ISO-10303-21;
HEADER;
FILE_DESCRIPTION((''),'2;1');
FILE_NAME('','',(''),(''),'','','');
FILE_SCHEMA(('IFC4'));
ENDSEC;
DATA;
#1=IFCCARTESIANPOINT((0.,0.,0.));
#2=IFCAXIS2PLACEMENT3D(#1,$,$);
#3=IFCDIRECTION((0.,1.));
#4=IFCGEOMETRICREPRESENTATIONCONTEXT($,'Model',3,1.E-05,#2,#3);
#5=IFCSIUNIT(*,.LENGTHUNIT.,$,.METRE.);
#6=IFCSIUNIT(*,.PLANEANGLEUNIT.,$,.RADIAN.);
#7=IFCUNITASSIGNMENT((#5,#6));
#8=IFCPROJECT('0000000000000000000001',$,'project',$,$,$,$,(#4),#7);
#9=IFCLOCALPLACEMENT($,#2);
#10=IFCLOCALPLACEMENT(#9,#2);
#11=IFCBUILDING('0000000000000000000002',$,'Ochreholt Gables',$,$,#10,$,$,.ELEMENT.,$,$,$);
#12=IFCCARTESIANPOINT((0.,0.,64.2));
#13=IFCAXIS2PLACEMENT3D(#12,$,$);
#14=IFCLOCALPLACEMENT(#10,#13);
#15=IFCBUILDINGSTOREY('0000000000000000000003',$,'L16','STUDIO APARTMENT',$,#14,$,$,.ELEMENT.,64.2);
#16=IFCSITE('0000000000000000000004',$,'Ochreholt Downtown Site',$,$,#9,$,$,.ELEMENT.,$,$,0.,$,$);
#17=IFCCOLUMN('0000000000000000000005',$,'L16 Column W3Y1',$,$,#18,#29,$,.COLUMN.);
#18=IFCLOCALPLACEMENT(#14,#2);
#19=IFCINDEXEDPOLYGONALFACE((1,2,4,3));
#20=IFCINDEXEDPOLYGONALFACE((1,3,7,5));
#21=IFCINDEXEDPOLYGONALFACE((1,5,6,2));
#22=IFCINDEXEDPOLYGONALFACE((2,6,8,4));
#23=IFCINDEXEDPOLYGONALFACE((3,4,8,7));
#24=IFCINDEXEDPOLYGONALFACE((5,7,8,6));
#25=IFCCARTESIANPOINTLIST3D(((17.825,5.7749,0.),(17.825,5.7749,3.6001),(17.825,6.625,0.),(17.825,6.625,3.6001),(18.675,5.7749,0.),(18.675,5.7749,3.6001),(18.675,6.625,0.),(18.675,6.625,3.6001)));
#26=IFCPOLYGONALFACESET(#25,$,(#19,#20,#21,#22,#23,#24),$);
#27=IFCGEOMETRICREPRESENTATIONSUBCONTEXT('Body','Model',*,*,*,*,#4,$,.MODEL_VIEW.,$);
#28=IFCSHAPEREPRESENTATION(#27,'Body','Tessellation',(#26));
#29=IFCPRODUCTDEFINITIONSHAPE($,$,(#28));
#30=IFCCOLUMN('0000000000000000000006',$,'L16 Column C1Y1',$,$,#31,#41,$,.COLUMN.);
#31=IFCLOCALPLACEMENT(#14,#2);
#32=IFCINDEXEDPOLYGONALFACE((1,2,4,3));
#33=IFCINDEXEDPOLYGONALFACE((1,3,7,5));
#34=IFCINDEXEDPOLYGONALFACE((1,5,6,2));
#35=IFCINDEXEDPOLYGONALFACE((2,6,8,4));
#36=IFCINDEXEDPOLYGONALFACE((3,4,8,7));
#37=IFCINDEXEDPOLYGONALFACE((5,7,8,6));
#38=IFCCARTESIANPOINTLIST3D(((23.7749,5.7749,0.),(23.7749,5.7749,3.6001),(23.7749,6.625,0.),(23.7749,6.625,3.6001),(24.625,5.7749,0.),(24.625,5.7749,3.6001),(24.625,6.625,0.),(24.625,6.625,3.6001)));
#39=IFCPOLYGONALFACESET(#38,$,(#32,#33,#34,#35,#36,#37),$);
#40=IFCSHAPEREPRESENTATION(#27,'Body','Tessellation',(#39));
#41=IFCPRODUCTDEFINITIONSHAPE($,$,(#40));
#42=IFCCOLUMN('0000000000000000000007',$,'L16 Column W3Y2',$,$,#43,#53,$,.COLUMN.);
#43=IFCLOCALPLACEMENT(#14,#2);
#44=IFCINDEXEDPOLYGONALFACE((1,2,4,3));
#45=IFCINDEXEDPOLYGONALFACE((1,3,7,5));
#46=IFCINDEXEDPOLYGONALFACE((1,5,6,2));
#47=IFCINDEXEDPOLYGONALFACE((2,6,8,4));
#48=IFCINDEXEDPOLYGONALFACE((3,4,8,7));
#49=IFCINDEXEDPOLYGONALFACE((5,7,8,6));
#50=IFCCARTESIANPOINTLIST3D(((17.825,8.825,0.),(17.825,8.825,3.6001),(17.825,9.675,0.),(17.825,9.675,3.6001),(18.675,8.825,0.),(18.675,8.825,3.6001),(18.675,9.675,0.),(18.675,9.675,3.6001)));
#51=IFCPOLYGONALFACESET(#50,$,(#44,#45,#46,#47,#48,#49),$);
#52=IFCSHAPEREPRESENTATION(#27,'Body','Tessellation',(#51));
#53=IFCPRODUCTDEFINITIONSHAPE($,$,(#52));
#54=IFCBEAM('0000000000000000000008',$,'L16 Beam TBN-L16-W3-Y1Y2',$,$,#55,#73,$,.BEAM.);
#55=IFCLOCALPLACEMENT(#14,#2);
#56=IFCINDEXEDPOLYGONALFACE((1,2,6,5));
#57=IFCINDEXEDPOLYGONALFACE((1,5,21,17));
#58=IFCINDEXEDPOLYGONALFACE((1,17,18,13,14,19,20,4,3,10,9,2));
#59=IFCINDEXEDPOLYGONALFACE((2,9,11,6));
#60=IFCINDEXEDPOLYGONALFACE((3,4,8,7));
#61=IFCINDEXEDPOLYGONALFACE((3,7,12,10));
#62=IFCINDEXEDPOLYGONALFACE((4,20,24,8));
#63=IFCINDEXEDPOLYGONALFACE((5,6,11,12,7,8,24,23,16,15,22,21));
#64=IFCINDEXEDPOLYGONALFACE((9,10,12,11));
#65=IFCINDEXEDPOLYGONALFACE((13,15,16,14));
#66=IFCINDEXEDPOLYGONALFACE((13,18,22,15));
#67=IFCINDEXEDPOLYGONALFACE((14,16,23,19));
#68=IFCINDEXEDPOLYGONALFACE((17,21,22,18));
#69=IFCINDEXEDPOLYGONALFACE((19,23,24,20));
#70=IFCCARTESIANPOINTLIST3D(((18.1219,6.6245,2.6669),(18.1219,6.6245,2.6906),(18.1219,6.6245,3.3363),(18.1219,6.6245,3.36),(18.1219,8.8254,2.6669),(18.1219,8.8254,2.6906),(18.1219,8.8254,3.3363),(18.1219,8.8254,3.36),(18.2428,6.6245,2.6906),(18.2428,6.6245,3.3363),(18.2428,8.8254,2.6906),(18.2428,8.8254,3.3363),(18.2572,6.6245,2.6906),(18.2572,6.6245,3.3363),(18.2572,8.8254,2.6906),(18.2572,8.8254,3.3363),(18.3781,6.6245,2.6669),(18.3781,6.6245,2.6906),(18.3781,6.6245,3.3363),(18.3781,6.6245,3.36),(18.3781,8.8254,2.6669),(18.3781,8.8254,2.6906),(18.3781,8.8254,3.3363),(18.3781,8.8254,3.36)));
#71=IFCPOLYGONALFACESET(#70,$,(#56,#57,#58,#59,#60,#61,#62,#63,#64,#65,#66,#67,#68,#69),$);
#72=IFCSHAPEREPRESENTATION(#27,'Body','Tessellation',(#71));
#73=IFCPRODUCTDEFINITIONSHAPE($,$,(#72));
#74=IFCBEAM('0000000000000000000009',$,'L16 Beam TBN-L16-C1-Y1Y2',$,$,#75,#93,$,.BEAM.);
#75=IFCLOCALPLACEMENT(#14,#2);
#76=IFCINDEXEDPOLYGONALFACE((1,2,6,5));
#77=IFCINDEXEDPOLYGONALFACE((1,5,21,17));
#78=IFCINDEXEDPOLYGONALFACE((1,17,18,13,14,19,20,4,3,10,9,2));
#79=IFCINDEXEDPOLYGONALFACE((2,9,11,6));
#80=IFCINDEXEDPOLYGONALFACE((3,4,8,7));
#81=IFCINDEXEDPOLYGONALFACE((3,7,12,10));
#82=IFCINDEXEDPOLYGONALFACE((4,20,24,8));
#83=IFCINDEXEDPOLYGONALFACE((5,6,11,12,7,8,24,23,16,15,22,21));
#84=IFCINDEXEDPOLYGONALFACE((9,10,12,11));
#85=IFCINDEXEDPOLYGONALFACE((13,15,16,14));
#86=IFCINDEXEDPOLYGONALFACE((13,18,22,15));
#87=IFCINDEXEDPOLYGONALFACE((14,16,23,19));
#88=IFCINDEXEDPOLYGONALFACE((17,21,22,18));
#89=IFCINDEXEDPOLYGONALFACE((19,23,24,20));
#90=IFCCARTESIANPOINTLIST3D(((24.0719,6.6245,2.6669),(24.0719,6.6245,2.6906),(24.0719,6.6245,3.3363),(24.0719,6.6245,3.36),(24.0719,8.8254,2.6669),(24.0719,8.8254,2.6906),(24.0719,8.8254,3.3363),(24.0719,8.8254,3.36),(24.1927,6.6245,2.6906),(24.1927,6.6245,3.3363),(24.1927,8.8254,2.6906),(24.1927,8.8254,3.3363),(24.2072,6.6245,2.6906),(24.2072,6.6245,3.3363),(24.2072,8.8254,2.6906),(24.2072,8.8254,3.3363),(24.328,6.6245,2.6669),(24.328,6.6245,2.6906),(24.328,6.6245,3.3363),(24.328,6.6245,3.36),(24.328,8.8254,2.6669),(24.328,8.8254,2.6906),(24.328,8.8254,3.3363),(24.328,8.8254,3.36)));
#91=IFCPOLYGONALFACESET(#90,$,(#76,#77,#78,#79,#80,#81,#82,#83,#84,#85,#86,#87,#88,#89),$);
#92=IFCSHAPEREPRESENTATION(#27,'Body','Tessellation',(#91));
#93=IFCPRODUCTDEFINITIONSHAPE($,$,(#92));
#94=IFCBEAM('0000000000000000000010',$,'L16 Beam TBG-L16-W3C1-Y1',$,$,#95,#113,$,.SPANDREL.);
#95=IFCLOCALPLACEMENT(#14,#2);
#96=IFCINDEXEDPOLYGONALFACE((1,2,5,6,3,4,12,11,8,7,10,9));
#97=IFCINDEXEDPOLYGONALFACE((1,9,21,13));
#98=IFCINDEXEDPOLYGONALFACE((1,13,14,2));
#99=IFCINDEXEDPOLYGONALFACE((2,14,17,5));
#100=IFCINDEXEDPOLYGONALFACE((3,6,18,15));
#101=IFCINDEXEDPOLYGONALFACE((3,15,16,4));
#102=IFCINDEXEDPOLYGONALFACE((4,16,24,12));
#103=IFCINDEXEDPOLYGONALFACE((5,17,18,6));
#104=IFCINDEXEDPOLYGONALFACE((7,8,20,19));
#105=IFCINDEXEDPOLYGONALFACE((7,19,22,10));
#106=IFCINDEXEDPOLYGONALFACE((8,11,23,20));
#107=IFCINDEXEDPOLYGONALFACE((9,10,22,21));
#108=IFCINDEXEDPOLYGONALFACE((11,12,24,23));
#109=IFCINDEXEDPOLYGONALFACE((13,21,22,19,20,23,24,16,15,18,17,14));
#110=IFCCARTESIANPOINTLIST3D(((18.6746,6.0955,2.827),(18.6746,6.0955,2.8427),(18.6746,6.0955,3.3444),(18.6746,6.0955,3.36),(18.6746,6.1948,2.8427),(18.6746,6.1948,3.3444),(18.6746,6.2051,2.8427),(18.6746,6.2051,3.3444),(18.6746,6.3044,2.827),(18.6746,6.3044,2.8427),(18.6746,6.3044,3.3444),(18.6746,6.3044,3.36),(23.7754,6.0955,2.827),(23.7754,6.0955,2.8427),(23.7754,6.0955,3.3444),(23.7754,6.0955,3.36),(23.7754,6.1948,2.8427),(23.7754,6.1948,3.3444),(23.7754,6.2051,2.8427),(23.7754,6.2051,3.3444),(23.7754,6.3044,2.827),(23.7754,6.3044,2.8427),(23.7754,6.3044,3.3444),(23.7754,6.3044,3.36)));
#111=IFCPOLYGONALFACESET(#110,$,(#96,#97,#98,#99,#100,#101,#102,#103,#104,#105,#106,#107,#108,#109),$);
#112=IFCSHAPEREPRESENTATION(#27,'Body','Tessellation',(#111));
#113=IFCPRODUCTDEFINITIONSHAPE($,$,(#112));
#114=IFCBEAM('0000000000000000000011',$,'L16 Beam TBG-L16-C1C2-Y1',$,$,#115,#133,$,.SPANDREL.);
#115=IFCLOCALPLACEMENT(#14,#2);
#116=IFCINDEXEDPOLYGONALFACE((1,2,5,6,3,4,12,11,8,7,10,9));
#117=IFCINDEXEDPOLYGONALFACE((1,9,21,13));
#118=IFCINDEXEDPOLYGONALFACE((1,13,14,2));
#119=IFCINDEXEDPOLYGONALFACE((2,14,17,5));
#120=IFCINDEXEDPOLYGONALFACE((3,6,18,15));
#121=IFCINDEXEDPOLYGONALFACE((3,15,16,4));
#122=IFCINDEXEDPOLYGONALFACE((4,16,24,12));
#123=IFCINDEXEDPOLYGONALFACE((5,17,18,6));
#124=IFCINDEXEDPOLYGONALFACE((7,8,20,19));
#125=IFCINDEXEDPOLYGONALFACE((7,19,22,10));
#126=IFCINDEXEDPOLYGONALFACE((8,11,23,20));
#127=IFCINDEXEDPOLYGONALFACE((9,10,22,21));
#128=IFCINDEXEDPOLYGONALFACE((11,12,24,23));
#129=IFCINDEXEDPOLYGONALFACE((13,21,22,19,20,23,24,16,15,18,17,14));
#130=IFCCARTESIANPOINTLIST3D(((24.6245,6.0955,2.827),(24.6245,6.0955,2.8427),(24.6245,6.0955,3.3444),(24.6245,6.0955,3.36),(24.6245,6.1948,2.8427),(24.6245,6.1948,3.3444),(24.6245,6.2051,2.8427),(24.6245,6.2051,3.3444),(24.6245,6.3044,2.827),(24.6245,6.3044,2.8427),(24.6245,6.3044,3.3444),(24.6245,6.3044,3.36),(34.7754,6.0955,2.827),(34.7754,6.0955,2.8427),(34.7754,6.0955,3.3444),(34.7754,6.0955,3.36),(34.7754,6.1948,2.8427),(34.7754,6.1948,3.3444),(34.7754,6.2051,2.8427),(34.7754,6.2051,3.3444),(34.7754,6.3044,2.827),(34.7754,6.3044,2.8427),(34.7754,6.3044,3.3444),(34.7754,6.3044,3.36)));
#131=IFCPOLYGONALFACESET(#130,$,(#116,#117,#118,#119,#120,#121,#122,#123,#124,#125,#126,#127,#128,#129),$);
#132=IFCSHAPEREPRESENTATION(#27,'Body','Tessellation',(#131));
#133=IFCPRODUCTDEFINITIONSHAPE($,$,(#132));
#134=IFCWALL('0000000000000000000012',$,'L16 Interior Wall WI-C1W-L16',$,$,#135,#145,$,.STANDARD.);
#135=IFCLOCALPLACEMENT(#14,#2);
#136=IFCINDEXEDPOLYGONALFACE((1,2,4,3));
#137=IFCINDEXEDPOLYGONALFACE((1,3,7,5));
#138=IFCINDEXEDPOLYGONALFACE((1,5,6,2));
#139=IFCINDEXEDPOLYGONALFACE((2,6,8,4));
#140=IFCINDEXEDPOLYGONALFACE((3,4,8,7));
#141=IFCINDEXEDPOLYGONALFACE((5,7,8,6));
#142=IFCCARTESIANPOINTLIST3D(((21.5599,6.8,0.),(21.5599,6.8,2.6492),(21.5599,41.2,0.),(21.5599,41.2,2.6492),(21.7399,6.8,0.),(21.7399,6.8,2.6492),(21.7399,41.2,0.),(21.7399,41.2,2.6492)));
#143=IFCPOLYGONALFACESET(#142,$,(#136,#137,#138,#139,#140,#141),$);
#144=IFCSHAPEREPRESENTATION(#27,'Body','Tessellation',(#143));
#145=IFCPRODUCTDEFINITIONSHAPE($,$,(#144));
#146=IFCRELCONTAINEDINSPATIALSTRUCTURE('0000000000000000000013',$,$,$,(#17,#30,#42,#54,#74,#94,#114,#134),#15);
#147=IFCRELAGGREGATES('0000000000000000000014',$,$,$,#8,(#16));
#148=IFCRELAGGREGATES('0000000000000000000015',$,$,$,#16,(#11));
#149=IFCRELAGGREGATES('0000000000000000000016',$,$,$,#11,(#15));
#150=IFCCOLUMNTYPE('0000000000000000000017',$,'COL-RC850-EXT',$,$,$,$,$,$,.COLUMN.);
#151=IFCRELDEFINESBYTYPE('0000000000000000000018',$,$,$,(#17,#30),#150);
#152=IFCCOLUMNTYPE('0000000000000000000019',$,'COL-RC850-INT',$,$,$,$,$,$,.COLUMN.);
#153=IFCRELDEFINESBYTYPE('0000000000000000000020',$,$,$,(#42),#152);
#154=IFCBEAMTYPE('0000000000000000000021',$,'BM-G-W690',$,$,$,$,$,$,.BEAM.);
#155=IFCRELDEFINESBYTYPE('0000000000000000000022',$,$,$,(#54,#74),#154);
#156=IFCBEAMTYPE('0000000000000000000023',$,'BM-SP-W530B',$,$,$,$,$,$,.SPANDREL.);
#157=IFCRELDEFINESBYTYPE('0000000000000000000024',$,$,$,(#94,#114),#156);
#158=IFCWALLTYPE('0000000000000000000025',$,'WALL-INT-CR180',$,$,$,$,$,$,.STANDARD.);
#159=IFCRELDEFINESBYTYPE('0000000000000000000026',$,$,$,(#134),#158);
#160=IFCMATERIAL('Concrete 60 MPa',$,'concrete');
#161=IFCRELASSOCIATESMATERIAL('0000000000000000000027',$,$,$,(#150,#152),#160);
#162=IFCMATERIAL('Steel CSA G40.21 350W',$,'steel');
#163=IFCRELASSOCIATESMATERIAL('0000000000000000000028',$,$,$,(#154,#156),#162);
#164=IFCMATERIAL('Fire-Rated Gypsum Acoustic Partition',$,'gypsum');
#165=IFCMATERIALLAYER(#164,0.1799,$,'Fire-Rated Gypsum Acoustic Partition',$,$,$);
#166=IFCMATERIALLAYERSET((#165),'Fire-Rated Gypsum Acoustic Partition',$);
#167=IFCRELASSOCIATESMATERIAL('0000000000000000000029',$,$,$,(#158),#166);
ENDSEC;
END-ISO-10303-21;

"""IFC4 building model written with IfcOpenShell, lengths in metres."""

from ifc_helpers import new_model, si_unit, direction, frame, frame_2d, origin, origin_2d, place, context, subcontext, project, spatial, rectangle, i_section, extrude, material, layer, layer_set, material_profile, profile_set, type_object, element, save


model = new_model("IFC4")

# Units and contexts
model_context = context("Model", 3, precision=1e-05, world=origin(), true_north=direction((0.0, 1.0)))
body_context = subcontext(model_context, "Body", "Model", "MODEL_VIEW")
ifc_project = project(units=[si_unit("LENGTHUNIT", "METRE"), si_unit("PLANEANGLEUNIT", "RADIAN")], contexts=[model_context])

# Site, building, storey
site_placement = place(None, origin())
site = spatial("IfcSite", under=ifc_project, at=site_placement, Name="Ochreholt Downtown Site", CompositionType="ELEMENT", RefElevation=0.0)
building_placement = place(site_placement, origin())
building = spatial("IfcBuilding", under=site, at=building_placement, Name="Ochreholt Gables", CompositionType="ELEMENT")
storey_placement = place(building_placement, frame((0.0, 0.0, 64.2)))
storey = spatial("IfcBuildingStorey", under=building, at=storey_placement, Name="L16", Description="STUDIO APARTMENT", CompositionType="ELEMENT", Elevation=64.2)

# Columns
ifc_material_1 = material(Name="Concrete 60 MPa", Category="concrete")
ifc_material_profile_1 = material_profile(ifc_material_1, rectangle(XDim=0.8501, YDim=0.8501, at=origin_2d()), Name="RC850X850")
ifc_profile_set_1 = profile_set([ifc_material_profile_1], Name="Concrete 60 MPa")
column_type_1 = type_object("IfcColumnType", Name="COL-RC850-EXT", PredefinedType="COLUMN", material=ifc_profile_set_1)
for number, where, z_axis, x_axis, name in (
    (1, (18.25, 6.2, 0.0), (0.0, 0.0, 1.0), (1.0, 0.0, 0.0), "L16 Column W3Y1"),
    (2, (24.2, 6.2, 0.0), (0.0, 0.0, 1.0), (1.0, 0.0, 0.0), "L16 Column C1Y1"),
):
    element("IfcColumn", number, at=place(storey_placement, frame(where, z_axis=z_axis, x_axis=x_axis)), inside=storey, type_object=column_type_1, Name=name, PredefinedType="COLUMN", context=body_context, shape_type="SweptSolid", body=[
        extrude(rectangle(XDim=0.8501, YDim=0.8501, at=origin_2d()), origin(), (0.0, 0.0, 1.0), 3.6001),
    ])
ifc_material_profile_2 = material_profile(ifc_material_1, rectangle(XDim=0.8501, YDim=0.8501, at=origin_2d()), Name="RC850X850")
ifc_profile_set_2 = profile_set([ifc_material_profile_2], Name="Concrete 60 MPa")
column_type_2 = type_object("IfcColumnType", Name="COL-RC850-INT", PredefinedType="COLUMN", material=ifc_profile_set_2)
column_placement = place(storey_placement, frame((18.25, 9.25, 0.0), z_axis=(0.0, 0.0, 1.0), x_axis=(1.0, 0.0, 0.0)))
element("IfcColumn", 3, at=column_placement, inside=storey, type_object=column_type_2, Name="L16 Column W3Y2", PredefinedType="COLUMN", context=body_context, shape_type="SweptSolid", body=[
    extrude(rectangle(XDim=0.8501, YDim=0.8501, at=origin_2d()), origin(), (0.0, 0.0, 1.0), 3.6001),
])

# Beams
ifc_material_2 = material(Name="Steel CSA G40.21 350W", Category="steel")
ifc_material_profile_3 = material_profile(ifc_material_2, i_section(OverallWidth=0.2561, OverallDepth=0.6931, WebThickness=0.0144, FlangeThickness=0.0237, at=origin_2d()), Name="W690X170")
ifc_profile_set_3 = profile_set([ifc_material_profile_3], Name="Steel CSA G40.21 350W")
beam_type_1 = type_object("IfcBeamType", Name="BM-G-W690", PredefinedType="BEAM", material=ifc_profile_set_3)
for number, where, z_axis, x_axis, name in (
    (4, (18.25, 6.6245, 3.0134), (0.0, 1.0, 0.0), (-1.0, 0.0, 0.0), "L16 Beam TBN-L16-W3-Y1Y2"),
    (5, (24.2, 6.6245, 3.0134), (0.0, 1.0, 0.0), (-1.0, 0.0, 0.0), "L16 Beam TBN-L16-C1-Y1Y2"),
):
    element("IfcBeam", number, at=place(storey_placement, frame(where, z_axis=z_axis, x_axis=x_axis)), inside=storey, type_object=beam_type_1, Name=name, PredefinedType="BEAM", context=body_context, shape_type="SweptSolid", body=[
        extrude(i_section(OverallWidth=0.2561, OverallDepth=0.6931, WebThickness=0.0144, FlangeThickness=0.0237, at=origin_2d()), origin(), (0.0, 0.0, 1.0), 2.2009),
    ])
ifc_material_profile_4 = material_profile(ifc_material_2, i_section(OverallWidth=0.209, OverallDepth=0.533, WebThickness=0.0103, FlangeThickness=0.0156, at=origin_2d()), Name="W530X92")
ifc_profile_set_4 = profile_set([ifc_material_profile_4], Name="Steel CSA G40.21 350W")
beam_type_2 = type_object("IfcBeamType", Name="BM-SP-W530B", PredefinedType="SPANDREL", material=ifc_profile_set_4)
beam_1_placement = place(storey_placement, frame((18.6746, 6.2, 3.0935), z_axis=(1.0, 0.0, 0.0), x_axis=(0.0, 1.0, 0.0)))
element("IfcBeam", 6, at=beam_1_placement, inside=storey, type_object=beam_type_2, Name="L16 Beam TBG-L16-W3C1-Y1", PredefinedType="SPANDREL", context=body_context, shape_type="SweptSolid", body=[
    extrude(i_section(OverallWidth=0.209, OverallDepth=0.533, WebThickness=0.0103, FlangeThickness=0.0156, at=origin_2d()), origin(), (0.0, 0.0, 1.0), 5.1008),
])
beam_2_placement = place(storey_placement, frame((24.6245, 6.2, 3.0935), z_axis=(1.0, 0.0, 0.0), x_axis=(0.0, 1.0, 0.0)))
element("IfcBeam", 7, at=beam_2_placement, inside=storey, type_object=beam_type_2, Name="L16 Beam TBG-L16-C1C2-Y1", PredefinedType="SPANDREL", context=body_context, shape_type="SweptSolid", body=[
    extrude(i_section(OverallWidth=0.209, OverallDepth=0.533, WebThickness=0.0103, FlangeThickness=0.0156, at=origin_2d()), origin(), (0.0, 0.0, 1.0), 10.1509),
])

# Wall
ifc_material_3 = material(Name="Fire-Rated Gypsum Acoustic Partition", Category="gypsum")
ifc_layer_1 = layer(ifc_material_3, 0.1799, Name="Fire-Rated Gypsum Acoustic Partition")
ifc_layer_set_1 = layer_set([ifc_layer_1], Name="Fire-Rated Gypsum Acoustic Partition")
wall_type_1 = type_object("IfcWallType", Name="WALL-INT-CR180", PredefinedType="STANDARD", material=ifc_layer_set_1)
wall_1_placement = place(storey_placement, frame((21.6499, 6.8, 0.0), z_axis=(0.0, 0.0, 1.0), x_axis=(0.0, 1.0, 0.0)))
element("IfcWall", 8, at=wall_1_placement, inside=storey, type_object=wall_type_1, Name="L16 Interior Wall WI-C1W-L16", PredefinedType="STANDARD", context=body_context, shape_type="SweptSolid", body=[
    extrude(rectangle(XDim=34.3999, YDim=0.1799, at=frame_2d((17.2, 0.0))), origin(), (0.0, 0.0, 1.0), 2.6492),
])

save(model, "model.ifc")
